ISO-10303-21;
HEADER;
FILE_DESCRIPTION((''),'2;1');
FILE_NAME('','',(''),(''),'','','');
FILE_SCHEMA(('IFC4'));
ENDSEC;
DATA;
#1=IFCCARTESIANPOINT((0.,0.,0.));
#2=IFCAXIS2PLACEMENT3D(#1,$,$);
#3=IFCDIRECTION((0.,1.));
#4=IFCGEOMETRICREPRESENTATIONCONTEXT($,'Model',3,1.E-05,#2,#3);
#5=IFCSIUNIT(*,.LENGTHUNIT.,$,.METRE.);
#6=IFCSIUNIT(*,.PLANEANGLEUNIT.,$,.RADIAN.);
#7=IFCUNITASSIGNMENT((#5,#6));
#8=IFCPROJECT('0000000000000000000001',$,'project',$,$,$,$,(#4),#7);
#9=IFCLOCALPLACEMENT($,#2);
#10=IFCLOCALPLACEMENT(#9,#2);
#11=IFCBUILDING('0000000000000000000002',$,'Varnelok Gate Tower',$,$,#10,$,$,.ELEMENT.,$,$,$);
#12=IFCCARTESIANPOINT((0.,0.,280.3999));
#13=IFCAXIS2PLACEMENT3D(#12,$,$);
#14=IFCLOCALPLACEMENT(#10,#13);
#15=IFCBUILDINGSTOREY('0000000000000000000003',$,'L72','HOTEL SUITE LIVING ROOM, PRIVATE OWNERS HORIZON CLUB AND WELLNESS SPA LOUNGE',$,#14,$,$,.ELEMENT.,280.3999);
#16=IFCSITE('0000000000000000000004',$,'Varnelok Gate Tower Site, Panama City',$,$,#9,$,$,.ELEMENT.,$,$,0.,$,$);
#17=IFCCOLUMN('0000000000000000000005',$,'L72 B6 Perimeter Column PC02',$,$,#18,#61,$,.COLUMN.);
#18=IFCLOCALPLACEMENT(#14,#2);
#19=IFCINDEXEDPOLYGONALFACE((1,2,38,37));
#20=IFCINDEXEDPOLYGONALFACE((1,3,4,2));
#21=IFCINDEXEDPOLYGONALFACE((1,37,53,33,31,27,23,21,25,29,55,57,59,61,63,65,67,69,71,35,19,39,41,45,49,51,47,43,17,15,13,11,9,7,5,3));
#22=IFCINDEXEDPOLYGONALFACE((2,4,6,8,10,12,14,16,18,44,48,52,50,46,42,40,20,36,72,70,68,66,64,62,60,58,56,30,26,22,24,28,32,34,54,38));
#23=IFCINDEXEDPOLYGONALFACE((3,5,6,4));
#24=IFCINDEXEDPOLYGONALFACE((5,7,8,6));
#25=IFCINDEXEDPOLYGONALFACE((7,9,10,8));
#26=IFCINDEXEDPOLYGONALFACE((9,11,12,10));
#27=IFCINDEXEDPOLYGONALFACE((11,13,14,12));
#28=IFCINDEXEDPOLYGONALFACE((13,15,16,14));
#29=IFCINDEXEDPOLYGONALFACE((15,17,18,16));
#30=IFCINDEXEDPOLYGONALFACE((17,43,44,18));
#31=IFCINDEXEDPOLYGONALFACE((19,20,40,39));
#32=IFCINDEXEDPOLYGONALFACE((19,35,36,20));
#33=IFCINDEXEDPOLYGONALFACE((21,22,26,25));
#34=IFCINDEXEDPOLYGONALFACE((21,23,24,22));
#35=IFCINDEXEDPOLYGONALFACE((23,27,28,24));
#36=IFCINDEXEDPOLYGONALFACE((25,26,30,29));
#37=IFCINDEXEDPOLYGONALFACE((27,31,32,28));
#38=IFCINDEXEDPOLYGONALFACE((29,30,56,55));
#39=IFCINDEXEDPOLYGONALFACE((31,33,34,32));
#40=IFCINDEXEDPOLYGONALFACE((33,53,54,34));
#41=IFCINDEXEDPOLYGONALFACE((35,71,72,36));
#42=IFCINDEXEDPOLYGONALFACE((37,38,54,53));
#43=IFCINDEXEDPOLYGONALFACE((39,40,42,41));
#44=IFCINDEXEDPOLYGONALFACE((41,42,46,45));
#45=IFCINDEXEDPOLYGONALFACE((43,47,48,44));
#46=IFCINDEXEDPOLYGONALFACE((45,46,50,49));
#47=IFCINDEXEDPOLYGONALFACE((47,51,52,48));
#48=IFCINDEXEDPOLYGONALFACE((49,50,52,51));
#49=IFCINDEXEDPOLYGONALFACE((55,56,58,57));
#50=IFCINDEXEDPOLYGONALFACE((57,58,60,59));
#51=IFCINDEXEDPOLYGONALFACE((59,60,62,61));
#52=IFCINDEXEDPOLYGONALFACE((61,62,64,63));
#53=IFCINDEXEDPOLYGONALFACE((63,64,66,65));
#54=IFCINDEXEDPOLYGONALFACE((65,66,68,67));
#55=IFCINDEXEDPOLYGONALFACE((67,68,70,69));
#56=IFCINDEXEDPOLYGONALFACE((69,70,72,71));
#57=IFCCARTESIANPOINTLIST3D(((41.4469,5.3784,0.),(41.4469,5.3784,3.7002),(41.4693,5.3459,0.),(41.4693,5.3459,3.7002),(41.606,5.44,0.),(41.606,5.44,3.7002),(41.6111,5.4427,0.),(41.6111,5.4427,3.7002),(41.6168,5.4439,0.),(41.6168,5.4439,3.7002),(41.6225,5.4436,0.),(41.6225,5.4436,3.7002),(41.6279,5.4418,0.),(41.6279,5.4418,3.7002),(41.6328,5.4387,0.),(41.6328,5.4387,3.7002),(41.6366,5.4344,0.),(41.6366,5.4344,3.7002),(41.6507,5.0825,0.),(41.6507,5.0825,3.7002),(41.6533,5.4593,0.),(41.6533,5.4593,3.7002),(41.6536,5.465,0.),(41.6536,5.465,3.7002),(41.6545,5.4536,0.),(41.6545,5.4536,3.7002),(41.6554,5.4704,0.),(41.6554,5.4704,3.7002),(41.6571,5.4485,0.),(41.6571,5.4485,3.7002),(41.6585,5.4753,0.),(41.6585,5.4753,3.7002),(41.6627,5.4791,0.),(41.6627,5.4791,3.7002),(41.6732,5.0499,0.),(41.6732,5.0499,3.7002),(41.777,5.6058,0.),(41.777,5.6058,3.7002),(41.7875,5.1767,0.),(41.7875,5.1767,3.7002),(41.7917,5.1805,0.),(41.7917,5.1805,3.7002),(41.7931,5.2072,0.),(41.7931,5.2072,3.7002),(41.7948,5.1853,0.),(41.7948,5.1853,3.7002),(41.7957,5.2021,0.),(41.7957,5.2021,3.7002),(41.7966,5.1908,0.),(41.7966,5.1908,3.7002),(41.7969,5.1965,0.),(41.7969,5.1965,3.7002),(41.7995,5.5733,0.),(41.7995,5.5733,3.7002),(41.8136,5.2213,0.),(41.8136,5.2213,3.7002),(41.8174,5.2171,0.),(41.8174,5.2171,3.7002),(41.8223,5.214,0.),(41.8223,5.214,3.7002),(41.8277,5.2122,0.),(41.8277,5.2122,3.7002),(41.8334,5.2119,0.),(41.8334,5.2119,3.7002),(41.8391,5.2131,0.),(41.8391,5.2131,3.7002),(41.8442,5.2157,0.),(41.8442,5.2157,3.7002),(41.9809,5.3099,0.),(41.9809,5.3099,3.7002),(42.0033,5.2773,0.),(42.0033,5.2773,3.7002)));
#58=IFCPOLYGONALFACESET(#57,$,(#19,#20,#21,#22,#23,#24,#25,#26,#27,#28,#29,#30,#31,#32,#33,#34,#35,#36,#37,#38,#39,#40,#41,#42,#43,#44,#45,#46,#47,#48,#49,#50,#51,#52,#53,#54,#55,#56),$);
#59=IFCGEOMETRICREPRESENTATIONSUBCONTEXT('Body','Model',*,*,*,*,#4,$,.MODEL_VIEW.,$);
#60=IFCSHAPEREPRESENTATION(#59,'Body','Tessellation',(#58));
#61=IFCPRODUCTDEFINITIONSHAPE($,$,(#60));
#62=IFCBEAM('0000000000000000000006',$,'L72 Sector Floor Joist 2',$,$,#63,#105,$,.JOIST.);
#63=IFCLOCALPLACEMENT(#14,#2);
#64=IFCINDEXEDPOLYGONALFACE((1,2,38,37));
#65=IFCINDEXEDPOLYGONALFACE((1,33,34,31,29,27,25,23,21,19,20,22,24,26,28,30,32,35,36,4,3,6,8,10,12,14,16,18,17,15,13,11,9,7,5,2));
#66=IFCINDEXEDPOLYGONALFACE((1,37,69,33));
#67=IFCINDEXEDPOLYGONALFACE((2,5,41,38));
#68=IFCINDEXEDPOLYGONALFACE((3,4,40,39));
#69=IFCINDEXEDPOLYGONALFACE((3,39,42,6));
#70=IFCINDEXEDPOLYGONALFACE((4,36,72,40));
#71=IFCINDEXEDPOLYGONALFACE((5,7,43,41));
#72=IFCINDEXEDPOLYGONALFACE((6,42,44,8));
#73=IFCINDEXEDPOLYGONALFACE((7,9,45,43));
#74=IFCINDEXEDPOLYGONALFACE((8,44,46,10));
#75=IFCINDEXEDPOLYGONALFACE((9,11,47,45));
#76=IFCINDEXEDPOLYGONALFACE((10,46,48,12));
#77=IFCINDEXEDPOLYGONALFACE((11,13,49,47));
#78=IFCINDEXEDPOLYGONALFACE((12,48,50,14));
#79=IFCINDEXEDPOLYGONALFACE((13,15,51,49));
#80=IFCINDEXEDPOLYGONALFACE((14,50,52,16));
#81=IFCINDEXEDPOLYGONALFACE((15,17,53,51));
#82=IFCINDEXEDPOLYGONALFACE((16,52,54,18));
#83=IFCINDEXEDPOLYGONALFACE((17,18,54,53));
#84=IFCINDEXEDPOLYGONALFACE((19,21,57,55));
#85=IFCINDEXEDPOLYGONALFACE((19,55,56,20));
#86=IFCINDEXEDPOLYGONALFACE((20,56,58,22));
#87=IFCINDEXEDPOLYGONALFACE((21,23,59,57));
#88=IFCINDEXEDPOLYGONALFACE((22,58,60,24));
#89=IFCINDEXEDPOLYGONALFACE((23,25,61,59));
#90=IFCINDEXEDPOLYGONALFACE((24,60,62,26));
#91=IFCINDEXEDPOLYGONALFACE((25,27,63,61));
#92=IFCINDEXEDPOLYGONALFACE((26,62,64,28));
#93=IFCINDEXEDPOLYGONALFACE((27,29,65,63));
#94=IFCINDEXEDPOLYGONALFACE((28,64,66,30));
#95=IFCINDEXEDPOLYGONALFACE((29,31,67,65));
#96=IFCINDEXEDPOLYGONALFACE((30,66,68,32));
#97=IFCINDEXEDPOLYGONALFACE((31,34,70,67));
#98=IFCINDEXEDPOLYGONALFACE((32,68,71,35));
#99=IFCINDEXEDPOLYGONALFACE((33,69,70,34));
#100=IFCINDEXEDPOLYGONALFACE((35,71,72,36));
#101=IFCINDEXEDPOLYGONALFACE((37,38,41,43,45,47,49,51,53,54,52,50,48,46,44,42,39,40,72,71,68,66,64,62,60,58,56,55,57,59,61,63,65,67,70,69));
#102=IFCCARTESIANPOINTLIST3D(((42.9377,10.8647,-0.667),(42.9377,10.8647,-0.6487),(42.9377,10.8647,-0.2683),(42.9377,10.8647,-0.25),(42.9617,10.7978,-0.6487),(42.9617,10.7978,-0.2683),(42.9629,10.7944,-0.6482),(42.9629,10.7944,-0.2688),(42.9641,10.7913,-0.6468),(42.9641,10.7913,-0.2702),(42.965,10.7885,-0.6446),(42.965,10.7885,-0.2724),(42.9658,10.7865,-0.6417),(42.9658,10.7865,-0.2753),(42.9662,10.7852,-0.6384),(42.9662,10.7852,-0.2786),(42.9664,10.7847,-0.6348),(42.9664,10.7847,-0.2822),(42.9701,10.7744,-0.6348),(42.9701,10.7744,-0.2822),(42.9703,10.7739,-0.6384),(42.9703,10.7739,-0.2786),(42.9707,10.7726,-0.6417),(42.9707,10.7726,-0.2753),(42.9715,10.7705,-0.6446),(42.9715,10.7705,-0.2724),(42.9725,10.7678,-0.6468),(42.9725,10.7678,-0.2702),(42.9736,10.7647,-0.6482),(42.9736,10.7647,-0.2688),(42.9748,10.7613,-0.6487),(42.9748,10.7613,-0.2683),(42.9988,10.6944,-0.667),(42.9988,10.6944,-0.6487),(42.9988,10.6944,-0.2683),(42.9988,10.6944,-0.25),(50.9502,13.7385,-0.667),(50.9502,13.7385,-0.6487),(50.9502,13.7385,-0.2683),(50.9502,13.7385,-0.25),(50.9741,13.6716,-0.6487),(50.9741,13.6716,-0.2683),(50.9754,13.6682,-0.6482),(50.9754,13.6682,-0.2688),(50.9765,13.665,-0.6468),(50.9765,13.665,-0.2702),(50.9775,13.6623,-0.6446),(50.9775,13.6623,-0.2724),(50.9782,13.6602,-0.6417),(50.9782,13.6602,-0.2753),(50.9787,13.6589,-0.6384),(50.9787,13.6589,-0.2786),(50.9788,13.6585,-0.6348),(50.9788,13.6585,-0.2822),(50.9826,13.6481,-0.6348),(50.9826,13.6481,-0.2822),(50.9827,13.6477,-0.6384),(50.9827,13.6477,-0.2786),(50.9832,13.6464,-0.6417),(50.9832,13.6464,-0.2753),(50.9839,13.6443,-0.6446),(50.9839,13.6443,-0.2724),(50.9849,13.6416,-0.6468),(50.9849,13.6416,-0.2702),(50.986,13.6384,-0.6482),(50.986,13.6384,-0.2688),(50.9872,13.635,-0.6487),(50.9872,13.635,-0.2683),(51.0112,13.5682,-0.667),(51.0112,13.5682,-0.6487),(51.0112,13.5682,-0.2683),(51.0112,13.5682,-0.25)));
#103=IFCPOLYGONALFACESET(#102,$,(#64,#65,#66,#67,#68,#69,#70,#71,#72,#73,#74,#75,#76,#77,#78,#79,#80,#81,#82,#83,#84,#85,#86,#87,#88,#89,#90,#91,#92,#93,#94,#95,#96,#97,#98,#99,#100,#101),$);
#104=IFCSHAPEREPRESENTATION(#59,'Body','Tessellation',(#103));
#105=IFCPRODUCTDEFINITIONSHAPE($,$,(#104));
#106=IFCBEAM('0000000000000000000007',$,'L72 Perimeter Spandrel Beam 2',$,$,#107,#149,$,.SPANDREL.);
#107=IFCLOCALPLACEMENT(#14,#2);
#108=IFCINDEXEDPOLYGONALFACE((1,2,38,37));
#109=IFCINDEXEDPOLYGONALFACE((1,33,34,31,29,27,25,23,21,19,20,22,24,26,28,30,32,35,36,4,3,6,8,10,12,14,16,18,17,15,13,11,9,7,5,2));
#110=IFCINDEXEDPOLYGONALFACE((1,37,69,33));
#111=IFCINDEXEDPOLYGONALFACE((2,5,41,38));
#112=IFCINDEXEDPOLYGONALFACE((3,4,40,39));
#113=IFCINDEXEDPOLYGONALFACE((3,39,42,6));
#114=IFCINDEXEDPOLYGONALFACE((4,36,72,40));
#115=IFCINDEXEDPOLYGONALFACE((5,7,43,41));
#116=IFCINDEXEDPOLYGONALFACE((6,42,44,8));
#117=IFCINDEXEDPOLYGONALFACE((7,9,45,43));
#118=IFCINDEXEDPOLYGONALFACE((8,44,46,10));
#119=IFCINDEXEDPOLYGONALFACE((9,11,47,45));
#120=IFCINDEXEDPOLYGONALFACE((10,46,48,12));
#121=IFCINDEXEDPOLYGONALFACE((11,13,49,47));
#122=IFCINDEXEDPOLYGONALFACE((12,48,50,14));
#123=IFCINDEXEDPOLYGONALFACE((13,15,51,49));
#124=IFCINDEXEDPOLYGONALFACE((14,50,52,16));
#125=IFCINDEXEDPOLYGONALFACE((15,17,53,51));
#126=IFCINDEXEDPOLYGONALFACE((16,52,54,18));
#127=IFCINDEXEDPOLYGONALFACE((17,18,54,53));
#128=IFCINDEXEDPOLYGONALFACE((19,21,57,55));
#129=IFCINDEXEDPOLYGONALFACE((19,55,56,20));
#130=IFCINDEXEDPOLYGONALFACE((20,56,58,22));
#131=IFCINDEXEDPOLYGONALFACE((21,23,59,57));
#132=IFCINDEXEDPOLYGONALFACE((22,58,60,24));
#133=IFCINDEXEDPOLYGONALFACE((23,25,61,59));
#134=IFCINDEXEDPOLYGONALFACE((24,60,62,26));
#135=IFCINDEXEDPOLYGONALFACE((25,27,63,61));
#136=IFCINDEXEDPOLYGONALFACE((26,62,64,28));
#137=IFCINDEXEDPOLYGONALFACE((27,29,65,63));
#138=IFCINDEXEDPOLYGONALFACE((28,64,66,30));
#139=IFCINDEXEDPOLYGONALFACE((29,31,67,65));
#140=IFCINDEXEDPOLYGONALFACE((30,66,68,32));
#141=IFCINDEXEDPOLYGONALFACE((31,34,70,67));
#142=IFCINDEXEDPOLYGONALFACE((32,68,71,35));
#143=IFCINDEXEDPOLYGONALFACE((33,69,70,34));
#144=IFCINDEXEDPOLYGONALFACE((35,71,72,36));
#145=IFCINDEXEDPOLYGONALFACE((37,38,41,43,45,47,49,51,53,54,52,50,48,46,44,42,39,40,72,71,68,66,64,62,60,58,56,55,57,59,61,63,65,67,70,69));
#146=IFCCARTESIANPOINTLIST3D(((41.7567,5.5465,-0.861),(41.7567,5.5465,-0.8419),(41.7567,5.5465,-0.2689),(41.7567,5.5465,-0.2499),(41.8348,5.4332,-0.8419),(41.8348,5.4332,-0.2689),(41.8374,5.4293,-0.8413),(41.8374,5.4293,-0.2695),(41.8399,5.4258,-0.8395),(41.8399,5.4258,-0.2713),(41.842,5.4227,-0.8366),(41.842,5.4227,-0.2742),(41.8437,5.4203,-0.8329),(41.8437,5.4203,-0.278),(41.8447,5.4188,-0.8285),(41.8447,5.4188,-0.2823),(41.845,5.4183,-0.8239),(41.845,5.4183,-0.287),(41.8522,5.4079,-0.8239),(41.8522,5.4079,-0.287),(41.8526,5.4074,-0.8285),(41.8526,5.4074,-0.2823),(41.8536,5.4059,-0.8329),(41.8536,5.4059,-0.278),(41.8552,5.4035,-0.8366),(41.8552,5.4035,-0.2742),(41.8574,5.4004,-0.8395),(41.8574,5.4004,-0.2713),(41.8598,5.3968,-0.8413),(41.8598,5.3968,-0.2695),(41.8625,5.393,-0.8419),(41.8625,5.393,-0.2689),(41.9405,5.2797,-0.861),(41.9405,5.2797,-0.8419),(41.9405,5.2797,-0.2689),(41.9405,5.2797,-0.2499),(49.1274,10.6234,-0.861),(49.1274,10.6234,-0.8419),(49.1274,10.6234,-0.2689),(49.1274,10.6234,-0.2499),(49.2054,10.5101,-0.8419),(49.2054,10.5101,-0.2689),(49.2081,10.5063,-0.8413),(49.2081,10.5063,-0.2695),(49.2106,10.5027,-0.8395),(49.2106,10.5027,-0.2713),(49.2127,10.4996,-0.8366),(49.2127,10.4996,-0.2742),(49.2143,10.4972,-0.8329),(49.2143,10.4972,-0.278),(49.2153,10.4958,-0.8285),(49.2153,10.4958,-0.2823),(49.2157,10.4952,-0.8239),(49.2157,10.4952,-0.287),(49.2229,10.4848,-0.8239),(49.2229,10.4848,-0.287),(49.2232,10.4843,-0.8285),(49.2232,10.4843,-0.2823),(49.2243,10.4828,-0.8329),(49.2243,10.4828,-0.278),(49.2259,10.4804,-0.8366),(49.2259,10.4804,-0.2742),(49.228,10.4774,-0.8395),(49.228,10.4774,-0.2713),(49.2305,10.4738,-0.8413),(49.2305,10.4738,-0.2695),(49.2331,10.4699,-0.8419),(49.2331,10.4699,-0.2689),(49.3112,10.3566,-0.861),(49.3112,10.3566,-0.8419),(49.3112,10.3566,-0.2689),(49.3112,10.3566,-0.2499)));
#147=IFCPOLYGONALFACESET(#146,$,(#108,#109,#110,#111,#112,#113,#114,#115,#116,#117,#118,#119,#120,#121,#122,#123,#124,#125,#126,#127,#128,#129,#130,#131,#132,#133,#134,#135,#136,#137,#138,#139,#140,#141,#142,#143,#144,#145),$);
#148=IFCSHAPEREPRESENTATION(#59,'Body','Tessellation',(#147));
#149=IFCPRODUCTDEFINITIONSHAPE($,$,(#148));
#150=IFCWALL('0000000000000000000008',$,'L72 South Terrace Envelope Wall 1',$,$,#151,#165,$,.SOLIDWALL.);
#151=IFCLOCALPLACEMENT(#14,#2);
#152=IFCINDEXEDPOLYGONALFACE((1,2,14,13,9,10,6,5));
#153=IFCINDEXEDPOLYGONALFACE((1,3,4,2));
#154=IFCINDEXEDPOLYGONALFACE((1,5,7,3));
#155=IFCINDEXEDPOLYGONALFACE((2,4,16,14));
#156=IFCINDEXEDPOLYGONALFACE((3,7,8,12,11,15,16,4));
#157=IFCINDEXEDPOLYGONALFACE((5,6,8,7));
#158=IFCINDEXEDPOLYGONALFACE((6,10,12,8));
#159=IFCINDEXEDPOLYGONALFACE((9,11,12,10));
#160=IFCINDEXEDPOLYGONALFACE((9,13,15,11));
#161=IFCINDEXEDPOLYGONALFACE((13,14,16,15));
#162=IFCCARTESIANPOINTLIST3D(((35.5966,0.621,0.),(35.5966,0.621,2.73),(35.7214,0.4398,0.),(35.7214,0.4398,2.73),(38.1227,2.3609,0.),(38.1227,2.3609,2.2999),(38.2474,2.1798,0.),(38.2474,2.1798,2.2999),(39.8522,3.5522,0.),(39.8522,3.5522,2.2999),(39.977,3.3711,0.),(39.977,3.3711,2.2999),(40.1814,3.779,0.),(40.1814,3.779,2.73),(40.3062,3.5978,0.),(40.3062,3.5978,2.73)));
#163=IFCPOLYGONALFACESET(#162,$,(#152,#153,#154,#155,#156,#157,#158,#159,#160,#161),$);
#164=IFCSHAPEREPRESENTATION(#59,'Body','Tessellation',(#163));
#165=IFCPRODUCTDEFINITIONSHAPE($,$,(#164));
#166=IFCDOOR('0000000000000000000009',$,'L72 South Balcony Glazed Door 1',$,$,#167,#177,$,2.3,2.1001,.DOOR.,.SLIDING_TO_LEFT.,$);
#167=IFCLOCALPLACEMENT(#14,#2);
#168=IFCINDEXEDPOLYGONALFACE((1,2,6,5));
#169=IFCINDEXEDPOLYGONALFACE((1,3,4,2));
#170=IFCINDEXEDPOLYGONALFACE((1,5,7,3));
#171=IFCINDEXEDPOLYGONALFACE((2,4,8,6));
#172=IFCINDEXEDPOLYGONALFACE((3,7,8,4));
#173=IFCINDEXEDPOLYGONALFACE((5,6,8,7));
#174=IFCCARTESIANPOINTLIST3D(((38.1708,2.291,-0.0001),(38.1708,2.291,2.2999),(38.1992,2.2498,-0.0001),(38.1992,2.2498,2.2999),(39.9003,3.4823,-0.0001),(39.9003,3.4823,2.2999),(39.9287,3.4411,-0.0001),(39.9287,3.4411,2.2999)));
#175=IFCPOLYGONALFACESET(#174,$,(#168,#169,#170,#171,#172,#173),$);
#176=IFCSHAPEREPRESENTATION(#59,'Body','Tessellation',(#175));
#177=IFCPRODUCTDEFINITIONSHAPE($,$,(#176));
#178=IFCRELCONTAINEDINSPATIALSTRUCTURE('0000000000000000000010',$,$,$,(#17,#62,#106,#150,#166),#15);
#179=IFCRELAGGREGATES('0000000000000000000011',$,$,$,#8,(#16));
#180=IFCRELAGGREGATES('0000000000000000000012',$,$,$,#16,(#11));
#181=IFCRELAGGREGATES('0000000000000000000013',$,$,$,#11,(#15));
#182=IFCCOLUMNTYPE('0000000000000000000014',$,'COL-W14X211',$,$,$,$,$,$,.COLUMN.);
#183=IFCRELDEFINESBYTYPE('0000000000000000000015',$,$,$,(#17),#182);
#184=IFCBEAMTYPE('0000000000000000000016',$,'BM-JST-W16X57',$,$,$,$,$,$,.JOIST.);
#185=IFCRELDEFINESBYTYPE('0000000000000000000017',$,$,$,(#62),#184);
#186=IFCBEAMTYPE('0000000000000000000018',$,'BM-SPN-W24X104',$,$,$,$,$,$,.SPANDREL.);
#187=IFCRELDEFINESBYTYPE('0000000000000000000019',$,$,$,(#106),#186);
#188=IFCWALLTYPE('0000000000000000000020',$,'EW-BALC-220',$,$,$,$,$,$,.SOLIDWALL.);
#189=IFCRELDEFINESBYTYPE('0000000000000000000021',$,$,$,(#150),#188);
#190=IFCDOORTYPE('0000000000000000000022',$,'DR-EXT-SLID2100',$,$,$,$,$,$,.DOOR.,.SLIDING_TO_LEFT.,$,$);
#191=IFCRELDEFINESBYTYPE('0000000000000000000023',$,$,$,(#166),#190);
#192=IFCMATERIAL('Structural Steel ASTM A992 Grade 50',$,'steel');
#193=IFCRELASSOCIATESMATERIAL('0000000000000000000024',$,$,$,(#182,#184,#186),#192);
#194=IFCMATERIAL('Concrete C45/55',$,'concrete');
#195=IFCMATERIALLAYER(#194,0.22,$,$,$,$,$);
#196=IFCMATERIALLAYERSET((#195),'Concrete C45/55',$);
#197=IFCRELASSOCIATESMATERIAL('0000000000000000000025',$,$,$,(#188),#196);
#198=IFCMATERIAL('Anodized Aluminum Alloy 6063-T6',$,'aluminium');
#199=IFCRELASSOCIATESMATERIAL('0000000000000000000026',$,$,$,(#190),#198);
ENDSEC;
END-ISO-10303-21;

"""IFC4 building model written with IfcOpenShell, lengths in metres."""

from ifc_helpers import new_model, si_unit, direction, frame, frame_2d, origin, origin_2d, place, context, subcontext, project, spatial, rectangle, i_section, extrude, material, layer, layer_set, material_profile, profile_set, type_object, element, fill, save


model = new_model("IFC4")

# Units and contexts
model_context = context("Model", 3, precision=1e-05, world=origin(), true_north=direction((0.0, 1.0)))
body_context = subcontext(model_context, "Body", "Model", "MODEL_VIEW")
ifc_project = project(units=[si_unit("LENGTHUNIT", "METRE"), si_unit("PLANEANGLEUNIT", "RADIAN")], contexts=[model_context])

# Site, building, storey
site_placement = place(None, origin())
site = spatial("IfcSite", under=ifc_project, at=site_placement, Name="Varnelok Gate Tower Site, Panama City", CompositionType="ELEMENT", RefElevation=0.0)
building_placement = place(site_placement, origin())
building = spatial("IfcBuilding", under=site, at=building_placement, Name="Varnelok Gate Tower", CompositionType="ELEMENT")
storey_placement = place(building_placement, frame((0.0, 0.0, 280.3999)))
storey = spatial("IfcBuildingStorey", under=building, at=storey_placement, Name="L72", Description="HOTEL SUITE LIVING ROOM, PRIVATE OWNERS HORIZON CLUB AND WELLNESS SPA LOUNGE", CompositionType="ELEMENT", Elevation=280.3999)

# Column
ifc_material_1 = material(Name="Structural Steel ASTM A992 Grade 50", Category="steel")
ifc_material_profile_1 = material_profile(ifc_material_1, i_section(OverallWidth=0.4009, OverallDepth=0.3989, WebThickness=0.0249, FlangeThickness=0.0396, FilletRadius=0.022, at=origin_2d()), Name="W14X211")
ifc_profile_set_1 = profile_set([ifc_material_profile_1], Name="Structural Steel ASTM A992 Grade 50")
column_type = type_object("IfcColumnType", Name="COL-W14X211", PredefinedType="COLUMN", material=ifc_profile_set_1)
column_placement = place(storey_placement, frame((41.7251, 5.3279, 0.0), z_axis=(0.0, 0.0, 1.0), x_axis=(0.823533, 0.567269, 0.0)))
element("IfcColumn", 1, at=column_placement, inside=storey, type_object=column_type, Name="L72 B6 Perimeter Column PC02", PredefinedType="COLUMN", context=body_context, shape_type="SweptSolid", body=[
    extrude(i_section(OverallWidth=0.4009, OverallDepth=0.3989, WebThickness=0.0249, FlangeThickness=0.0396, FilletRadius=0.022, at=origin_2d()), origin(), (0.0, 0.0, 1.0), 3.7002),
])

# Beams
ifc_material_profile_2 = material_profile(ifc_material_1, i_section(OverallWidth=0.1809, OverallDepth=0.417, WebThickness=0.011, FlangeThickness=0.0183, FilletRadius=0.0139, at=origin_2d()), Name="W16X57")
ifc_profile_set_2 = profile_set([ifc_material_profile_2], Name="Structural Steel ASTM A992 Grade 50")
beam_type_1 = type_object("IfcBeamType", Name="BM-JST-W16X57", PredefinedType="JOIST", material=ifc_profile_set_2)
beam_1_placement = place(storey_placement, frame((42.9683, 10.7795, -0.4585), z_axis=(0.941287, 0.337606, 0.0), x_axis=(-0.337606, 0.941287, 0.0)))
element("IfcBeam", 2, at=beam_1_placement, inside=storey, type_object=beam_type_1, Name="L72 Sector Floor Joist 2", PredefinedType="JOIST", context=body_context, shape_type="SweptSolid", body=[
    extrude(i_section(OverallWidth=0.1809, OverallDepth=0.417, WebThickness=0.011, FlangeThickness=0.0183, FilletRadius=0.0139, at=origin_2d()), origin(), (0.0, 0.0, 1.0), 8.5122),
])
ifc_material_profile_3 = material_profile(ifc_material_1, i_section(OverallWidth=0.324, OverallDepth=0.6111, WebThickness=0.0127, FlangeThickness=0.019, FilletRadius=0.0181, at=origin_2d()), Name="W24X104")
ifc_profile_set_3 = profile_set([ifc_material_profile_3], Name="Structural Steel ASTM A992 Grade 50")
beam_type_2 = type_object("IfcBeamType", Name="BM-SPN-W24X104", PredefinedType="SPANDREL", material=ifc_profile_set_3)
beam_2_placement = place(storey_placement, frame((41.8486, 5.4131, -0.5554), z_axis=(0.82354, 0.567258, 0.0), x_axis=(-0.567258, 0.82354, 0.0)))
element("IfcBeam", 3, at=beam_2_placement, inside=storey, type_object=beam_type_2, Name="L72 Perimeter Spandrel Beam 2", PredefinedType="SPANDREL", context=body_context, shape_type="SweptSolid", body=[
    extrude(i_section(OverallWidth=0.324, OverallDepth=0.6111, WebThickness=0.0127, FlangeThickness=0.019, FilletRadius=0.0181, at=origin_2d()), origin(), (0.0, 0.0, 1.0), 8.95),
])

# Wall, opening, door
ifc_material_2 = material(Name="Concrete C45/55", Category="concrete")
ifc_layer_1 = layer(ifc_material_2, 0.22)
ifc_layer_set_1 = layer_set([ifc_layer_1], Name="Concrete C45/55")
wall_type_1 = type_object("IfcWallType", Name="EW-BALC-220", PredefinedType="SOLIDWALL", material=ifc_layer_set_1)
wall_1_placement = place(storey_placement, frame((40.2439, 3.6885, 0.0), z_axis=(0.0, 0.0, 1.0), x_axis=(-0.823541, -0.567256, 0.0)))
wall_1 = element("IfcWall", 4, at=wall_1_placement, inside=storey, type_object=wall_type_1, Name="L72 South Terrace Envelope Wall 1", PredefinedType="SOLIDWALL", context=body_context, shape_type="SweptSolid", body=[
    extrude(rectangle(XDim=5.5671, YDim=0.22, at=frame_2d((2.7837, 0.0))), origin(), (0.0, 0.0, 1.0), 2.73),
])
opening_1_placement = place(wall_1_placement, frame((0.3999, 0.0, 0.0)))
opening_1 = element("IfcOpeningElement", 5, at=opening_1_placement, cuts=wall_1, PredefinedType="OPENING", context=body_context, shape_type="SweptSolid", body=[
    extrude(rectangle(XDim=2.1001, YDim=2.3, at=frame_2d((1.05, 1.1499))), frame((0.0, 0.1199, 0.0), z_axis=(0.0, -1.0, 0.0), x_axis=(1.0, 0.0, 0.0)), (0.0, 0.0, 1.0), 0.24),
])
ifc_material_3 = material(Name="Anodized Aluminum Alloy 6063-T6", Category="aluminium")
door_type_1 = type_object("IfcDoorType", Name="DR-EXT-SLID2100", OperationType="SLIDING_TO_LEFT", PredefinedType="DOOR", material=ifc_material_3)
door_1_placement = place(opening_1_placement, origin())
door_1 = element("IfcDoor", 6, at=door_1_placement, inside=storey, type_object=door_type_1, Name="L72 South Balcony Glazed Door 1", OperationType="SLIDING_TO_LEFT", OverallHeight=2.3, OverallWidth=2.1001, PredefinedType="DOOR", context=body_context, shape_type="SweptSolid", body=[
    extrude(rectangle(XDim=2.1001, YDim=2.3, at=frame_2d((1.05, 1.1499))), frame((0.0, 0.0249, 0.0), z_axis=(0.0, -1.0, 0.0), x_axis=(1.0, 0.0, 0.0)), (0.0, 0.0, 1.0), 0.05),
])
fill(opening_1, door_1)

save(model, "model.ifc")
